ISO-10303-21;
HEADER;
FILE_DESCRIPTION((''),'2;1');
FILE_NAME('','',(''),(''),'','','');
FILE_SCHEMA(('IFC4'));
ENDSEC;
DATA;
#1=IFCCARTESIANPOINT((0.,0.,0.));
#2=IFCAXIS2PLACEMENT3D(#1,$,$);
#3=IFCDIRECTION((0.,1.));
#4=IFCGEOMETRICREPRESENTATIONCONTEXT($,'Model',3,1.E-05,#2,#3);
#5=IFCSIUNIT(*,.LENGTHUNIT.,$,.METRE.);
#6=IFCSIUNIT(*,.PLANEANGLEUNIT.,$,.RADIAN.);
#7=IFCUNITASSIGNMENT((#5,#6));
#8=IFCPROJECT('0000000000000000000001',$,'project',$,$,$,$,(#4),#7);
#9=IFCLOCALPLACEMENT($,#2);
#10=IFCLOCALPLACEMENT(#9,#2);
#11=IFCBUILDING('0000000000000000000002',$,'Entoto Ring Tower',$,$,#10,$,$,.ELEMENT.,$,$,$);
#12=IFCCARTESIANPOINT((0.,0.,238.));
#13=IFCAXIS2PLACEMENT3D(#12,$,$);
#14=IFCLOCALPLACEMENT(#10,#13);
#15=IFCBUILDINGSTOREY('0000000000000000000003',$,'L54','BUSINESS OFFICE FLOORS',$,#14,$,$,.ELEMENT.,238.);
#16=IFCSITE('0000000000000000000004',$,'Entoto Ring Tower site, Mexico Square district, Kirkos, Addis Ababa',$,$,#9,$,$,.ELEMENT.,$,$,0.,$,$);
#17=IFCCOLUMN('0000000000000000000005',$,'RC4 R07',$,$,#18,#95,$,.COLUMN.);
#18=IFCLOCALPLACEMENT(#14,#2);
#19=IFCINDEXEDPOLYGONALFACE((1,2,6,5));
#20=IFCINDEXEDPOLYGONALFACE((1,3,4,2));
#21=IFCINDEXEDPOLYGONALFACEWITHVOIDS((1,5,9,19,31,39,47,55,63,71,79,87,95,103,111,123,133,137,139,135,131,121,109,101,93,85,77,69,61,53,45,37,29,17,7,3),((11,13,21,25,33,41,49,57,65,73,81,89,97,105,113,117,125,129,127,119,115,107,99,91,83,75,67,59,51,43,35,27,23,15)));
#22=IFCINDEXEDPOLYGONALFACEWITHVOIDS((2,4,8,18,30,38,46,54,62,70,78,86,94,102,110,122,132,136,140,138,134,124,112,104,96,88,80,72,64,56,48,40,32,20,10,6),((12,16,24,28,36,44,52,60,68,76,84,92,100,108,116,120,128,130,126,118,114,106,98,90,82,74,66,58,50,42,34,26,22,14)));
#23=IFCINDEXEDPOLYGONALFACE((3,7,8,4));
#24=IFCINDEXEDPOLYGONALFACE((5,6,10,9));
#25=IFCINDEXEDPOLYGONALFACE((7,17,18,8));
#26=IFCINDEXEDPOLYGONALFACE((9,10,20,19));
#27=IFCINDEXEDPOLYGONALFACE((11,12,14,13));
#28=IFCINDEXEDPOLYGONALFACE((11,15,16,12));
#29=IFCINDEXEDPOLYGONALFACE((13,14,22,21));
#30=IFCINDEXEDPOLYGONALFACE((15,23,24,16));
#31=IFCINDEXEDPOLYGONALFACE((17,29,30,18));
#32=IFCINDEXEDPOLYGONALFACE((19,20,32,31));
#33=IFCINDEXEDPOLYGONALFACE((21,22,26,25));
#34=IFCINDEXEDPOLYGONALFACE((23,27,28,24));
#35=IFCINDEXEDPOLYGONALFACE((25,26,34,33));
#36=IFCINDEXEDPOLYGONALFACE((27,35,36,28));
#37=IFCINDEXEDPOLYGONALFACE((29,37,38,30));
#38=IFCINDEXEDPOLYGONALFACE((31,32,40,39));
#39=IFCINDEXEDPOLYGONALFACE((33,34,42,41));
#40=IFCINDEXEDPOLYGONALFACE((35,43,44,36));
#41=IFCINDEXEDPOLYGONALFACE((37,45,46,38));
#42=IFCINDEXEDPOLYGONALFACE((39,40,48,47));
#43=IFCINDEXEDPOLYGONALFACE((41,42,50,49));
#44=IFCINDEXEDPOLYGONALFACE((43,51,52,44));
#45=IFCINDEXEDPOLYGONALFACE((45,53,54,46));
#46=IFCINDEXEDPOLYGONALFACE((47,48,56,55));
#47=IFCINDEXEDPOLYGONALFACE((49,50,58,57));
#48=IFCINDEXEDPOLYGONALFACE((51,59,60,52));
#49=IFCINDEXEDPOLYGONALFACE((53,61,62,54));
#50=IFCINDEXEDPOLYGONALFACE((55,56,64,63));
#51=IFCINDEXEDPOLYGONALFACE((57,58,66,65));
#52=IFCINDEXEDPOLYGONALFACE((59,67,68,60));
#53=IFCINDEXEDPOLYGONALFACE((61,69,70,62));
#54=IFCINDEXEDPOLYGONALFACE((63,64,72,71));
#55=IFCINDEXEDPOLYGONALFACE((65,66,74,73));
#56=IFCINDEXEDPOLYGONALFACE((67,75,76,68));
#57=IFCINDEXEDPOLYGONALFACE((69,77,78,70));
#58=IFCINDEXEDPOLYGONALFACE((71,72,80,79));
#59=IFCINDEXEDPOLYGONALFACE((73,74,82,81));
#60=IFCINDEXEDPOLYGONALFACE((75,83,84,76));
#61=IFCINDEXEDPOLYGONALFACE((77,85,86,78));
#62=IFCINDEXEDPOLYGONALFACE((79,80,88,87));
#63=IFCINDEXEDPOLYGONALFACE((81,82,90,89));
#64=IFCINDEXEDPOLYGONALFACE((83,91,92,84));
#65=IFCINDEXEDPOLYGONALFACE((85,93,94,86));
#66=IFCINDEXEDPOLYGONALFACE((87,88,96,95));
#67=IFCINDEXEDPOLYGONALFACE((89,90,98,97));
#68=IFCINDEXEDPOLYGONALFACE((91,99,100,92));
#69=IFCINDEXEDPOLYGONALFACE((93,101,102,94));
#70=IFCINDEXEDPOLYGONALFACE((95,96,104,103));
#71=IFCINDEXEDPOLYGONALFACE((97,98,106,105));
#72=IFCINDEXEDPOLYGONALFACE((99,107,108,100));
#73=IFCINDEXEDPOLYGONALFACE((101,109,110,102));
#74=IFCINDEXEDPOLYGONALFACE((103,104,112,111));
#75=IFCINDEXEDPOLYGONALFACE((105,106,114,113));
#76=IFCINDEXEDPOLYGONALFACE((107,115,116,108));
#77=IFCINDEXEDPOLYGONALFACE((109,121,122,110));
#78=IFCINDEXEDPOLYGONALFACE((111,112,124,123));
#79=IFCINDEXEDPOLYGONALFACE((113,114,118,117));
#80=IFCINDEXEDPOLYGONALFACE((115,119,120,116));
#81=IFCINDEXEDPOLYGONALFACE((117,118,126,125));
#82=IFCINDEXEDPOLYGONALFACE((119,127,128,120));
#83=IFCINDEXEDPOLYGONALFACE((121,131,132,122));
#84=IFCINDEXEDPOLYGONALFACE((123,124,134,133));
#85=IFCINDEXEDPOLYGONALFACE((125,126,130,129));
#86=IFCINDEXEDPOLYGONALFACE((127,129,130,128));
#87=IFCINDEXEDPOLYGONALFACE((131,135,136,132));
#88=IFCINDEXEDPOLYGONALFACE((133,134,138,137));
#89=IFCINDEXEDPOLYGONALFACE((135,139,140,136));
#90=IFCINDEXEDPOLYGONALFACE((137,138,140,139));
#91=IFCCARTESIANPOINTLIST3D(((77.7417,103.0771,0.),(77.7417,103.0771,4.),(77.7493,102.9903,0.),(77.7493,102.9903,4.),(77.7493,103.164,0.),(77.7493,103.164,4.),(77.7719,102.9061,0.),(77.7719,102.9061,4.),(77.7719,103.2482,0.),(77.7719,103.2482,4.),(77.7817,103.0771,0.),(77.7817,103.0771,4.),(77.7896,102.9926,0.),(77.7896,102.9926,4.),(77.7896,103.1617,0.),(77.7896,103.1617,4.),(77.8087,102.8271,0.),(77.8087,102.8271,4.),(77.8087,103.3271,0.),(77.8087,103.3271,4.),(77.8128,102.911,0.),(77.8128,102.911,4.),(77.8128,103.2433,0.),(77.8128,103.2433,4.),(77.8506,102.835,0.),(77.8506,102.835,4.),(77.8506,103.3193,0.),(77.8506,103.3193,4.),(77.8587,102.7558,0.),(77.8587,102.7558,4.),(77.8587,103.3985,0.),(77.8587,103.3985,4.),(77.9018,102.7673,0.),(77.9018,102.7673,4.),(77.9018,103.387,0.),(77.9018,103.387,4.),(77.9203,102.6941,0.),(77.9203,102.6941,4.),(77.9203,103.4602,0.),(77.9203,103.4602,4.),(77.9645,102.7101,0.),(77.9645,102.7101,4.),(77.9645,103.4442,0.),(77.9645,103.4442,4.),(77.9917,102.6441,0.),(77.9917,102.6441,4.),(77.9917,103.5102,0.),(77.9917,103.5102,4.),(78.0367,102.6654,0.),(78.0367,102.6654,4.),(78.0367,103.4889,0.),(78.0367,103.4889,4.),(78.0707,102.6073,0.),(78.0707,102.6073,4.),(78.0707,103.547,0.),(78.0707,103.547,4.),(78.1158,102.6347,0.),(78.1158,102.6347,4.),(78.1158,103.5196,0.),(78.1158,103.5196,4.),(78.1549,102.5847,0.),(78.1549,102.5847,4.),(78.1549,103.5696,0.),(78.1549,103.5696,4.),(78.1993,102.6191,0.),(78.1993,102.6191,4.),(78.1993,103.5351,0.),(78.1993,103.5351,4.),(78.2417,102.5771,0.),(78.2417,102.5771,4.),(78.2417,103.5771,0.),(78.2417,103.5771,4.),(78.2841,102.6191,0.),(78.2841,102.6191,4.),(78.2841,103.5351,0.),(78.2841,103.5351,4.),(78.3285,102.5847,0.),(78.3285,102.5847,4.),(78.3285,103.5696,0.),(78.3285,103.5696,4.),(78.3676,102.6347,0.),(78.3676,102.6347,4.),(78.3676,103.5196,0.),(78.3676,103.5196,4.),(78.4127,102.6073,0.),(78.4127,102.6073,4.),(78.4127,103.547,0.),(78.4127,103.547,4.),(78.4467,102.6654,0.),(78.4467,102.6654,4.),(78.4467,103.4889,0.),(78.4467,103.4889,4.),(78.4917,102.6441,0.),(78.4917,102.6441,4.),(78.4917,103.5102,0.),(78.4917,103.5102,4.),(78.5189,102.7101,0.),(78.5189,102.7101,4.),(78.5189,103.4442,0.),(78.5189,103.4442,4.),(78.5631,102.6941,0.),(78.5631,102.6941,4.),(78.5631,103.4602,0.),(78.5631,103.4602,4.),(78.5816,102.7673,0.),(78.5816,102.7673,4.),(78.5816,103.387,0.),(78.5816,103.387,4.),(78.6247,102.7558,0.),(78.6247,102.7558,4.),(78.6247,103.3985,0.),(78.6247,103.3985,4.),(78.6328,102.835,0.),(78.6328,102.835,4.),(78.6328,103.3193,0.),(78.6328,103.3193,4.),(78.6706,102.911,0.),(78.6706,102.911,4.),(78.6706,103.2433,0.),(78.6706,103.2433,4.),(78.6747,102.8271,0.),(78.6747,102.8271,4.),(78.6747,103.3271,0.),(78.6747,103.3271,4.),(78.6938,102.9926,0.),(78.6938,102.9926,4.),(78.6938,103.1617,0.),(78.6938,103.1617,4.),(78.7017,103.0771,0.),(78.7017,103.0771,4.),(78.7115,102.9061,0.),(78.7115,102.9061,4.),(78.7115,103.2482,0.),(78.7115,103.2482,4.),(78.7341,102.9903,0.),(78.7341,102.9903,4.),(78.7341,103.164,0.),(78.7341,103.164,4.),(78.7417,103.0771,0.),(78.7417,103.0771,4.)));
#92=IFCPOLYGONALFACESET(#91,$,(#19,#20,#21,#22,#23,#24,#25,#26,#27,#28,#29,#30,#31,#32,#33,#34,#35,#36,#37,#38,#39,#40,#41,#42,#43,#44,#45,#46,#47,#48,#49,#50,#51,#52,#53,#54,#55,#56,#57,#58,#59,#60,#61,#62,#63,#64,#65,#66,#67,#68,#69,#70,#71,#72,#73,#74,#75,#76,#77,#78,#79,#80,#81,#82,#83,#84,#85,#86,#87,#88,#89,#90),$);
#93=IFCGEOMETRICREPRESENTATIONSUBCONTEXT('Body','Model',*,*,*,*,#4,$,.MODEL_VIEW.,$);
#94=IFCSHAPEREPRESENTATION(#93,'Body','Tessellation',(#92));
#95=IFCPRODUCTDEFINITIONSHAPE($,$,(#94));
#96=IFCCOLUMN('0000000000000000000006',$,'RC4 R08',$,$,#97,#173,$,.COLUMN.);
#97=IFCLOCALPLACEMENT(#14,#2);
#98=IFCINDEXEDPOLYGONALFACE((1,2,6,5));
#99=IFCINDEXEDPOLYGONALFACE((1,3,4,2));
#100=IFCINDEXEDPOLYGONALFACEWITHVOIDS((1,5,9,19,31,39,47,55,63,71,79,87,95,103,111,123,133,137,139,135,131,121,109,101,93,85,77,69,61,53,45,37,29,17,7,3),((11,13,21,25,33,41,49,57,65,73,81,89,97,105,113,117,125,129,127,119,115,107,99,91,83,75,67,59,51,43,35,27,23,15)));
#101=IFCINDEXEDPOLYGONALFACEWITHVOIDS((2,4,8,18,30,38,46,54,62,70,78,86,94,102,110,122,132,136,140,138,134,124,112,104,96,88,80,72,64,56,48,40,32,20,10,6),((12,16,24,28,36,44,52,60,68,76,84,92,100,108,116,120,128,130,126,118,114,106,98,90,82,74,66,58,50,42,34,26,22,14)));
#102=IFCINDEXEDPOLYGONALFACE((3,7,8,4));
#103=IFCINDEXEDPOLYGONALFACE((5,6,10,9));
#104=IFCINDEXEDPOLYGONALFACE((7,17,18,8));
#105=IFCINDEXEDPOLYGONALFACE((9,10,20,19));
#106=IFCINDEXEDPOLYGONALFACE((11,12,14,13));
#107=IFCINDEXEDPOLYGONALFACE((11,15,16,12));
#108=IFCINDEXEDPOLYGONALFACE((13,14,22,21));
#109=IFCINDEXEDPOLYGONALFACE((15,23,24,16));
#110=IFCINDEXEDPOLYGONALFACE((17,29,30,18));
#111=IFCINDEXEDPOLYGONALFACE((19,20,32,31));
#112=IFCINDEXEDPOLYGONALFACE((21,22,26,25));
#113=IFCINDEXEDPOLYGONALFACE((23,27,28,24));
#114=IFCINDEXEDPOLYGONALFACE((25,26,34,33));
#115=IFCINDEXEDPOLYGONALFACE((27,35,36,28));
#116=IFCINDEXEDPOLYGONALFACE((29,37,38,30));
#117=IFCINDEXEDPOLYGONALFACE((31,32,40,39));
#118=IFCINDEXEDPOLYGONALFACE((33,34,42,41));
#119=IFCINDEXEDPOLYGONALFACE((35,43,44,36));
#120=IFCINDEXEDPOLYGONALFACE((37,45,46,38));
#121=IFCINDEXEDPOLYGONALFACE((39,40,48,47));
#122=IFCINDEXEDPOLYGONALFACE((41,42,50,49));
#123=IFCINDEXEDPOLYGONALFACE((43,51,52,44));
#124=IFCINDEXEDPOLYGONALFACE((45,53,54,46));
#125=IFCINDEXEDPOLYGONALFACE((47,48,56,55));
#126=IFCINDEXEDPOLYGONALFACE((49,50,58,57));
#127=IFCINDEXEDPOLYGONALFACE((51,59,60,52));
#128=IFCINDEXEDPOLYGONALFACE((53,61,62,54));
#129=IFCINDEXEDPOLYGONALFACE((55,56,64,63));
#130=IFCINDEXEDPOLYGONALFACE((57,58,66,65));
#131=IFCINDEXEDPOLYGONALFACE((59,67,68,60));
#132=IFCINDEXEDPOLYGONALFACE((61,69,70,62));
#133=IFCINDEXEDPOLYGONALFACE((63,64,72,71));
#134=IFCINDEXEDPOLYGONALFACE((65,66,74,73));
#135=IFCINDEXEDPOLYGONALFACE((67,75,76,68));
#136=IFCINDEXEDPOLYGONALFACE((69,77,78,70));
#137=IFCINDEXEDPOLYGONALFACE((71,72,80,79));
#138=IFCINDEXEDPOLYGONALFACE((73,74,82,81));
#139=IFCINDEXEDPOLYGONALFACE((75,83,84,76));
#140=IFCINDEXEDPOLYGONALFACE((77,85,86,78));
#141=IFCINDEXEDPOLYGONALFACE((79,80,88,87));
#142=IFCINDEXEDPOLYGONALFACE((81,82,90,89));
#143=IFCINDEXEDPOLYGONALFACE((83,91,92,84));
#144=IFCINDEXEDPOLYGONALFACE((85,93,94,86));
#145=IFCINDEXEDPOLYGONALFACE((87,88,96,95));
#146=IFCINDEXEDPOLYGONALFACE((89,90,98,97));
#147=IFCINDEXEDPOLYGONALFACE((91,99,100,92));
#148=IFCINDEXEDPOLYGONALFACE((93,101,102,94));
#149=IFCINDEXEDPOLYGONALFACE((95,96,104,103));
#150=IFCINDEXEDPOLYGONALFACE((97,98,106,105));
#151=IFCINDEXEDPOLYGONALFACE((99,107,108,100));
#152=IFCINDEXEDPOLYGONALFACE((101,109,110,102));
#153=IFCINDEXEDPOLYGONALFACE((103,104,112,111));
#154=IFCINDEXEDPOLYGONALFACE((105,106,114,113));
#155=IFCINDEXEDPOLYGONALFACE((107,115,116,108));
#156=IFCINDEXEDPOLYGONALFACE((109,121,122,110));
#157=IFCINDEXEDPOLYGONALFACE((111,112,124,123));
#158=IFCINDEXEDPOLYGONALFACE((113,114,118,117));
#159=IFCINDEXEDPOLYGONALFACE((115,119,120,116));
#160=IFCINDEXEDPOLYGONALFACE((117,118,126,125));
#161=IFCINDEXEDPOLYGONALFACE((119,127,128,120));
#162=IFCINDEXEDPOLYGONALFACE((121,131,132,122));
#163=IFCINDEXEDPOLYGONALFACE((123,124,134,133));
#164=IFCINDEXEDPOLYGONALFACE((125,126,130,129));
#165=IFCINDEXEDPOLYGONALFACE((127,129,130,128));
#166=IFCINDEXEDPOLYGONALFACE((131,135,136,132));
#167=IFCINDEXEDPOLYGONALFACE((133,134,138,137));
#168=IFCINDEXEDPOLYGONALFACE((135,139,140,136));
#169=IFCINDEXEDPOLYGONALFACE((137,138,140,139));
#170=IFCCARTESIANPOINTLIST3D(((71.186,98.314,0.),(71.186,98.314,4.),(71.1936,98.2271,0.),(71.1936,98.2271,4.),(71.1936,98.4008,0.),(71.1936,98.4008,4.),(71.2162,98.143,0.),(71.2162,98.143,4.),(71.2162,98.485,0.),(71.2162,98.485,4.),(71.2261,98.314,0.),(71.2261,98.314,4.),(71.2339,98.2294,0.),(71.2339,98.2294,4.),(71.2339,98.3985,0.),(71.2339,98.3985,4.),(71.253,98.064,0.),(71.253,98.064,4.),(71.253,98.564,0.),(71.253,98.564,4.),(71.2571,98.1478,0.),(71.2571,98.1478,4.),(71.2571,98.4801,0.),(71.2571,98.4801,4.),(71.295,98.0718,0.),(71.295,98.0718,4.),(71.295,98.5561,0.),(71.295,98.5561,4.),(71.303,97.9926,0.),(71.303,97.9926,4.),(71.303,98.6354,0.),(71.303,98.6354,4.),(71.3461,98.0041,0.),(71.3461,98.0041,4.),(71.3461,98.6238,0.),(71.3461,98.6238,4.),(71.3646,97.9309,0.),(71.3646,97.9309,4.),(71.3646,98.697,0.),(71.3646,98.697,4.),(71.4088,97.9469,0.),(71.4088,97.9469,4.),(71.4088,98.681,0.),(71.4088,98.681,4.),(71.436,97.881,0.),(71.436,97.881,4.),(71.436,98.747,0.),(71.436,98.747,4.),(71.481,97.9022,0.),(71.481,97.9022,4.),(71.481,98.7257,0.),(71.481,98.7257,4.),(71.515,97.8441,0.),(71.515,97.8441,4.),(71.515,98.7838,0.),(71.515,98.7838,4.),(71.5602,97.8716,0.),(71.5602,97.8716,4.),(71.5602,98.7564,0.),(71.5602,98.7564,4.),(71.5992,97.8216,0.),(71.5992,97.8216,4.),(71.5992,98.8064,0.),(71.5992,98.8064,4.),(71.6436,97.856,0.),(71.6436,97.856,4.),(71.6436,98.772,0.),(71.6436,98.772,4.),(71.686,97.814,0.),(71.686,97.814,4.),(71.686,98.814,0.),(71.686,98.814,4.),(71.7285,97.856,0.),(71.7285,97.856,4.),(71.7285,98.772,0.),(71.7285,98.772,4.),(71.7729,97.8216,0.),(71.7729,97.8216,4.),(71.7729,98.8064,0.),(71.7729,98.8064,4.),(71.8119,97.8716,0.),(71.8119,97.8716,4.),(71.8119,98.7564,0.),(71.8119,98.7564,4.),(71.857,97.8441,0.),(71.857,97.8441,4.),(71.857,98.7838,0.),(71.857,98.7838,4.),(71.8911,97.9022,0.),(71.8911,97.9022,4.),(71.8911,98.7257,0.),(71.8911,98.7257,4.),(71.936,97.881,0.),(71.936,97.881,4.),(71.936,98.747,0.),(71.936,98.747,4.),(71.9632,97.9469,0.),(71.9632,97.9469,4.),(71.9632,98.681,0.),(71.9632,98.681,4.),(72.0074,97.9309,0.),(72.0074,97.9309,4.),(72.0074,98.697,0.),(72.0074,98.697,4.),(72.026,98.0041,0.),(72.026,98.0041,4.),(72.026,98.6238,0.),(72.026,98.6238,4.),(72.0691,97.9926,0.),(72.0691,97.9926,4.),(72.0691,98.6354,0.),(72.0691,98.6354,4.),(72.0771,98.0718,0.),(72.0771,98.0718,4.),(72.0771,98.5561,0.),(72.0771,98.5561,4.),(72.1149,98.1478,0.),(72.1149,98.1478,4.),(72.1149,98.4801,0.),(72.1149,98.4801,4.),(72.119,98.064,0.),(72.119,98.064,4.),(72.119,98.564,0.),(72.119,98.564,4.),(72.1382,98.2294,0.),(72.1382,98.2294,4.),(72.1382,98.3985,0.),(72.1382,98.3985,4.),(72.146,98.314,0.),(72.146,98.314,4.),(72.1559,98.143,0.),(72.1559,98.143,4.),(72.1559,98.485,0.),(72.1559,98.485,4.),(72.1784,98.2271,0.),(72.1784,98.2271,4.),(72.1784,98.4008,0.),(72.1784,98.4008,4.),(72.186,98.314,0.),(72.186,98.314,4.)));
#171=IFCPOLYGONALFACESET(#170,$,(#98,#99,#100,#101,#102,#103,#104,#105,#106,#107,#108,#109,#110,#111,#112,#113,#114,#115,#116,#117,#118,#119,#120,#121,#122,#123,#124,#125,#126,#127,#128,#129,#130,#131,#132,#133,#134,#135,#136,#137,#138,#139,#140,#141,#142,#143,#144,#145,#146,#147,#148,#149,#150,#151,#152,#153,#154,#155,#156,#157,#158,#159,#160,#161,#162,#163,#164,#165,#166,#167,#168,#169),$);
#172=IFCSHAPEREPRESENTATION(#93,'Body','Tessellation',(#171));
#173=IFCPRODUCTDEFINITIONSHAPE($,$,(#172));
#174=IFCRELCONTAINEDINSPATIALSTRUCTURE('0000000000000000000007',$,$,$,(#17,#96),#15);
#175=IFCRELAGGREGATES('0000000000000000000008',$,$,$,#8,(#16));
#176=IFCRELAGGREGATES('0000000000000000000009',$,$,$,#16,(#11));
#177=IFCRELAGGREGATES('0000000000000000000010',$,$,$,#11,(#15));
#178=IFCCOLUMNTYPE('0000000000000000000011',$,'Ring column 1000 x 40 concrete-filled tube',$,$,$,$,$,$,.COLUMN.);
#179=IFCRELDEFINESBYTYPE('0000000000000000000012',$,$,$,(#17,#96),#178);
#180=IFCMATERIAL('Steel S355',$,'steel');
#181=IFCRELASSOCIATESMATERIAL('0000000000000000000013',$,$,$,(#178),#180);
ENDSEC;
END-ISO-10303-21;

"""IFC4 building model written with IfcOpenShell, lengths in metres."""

from ifc_helpers import new_model, si_unit, direction, frame, origin, origin_2d, place, context, subcontext, project, spatial, circle, hollow_circle, extrude, material, material_profile, profile_set, type_object, element, save


model = new_model("IFC4")

# Units and contexts
model_context = context("Model", 3, precision=1e-05, world=origin(), true_north=direction((0.0, 1.0)))
body_context = subcontext(model_context, "Body", "Model", "MODEL_VIEW")
ifc_project = project(units=[si_unit("LENGTHUNIT", "METRE"), si_unit("PLANEANGLEUNIT", "RADIAN")], contexts=[model_context])

# Site, building, storey
site_placement = place(None, origin())
site = spatial("IfcSite", under=ifc_project, at=site_placement, Name="Entoto Ring Tower site, Mexico Square district, Kirkos, Addis Ababa", CompositionType="ELEMENT", RefElevation=0.0)
building_placement = place(site_placement, origin())
building = spatial("IfcBuilding", under=site, at=building_placement, Name="Entoto Ring Tower", CompositionType="ELEMENT")
storey_placement = place(building_placement, frame((0.0, 0.0, 238.0)))
storey = spatial("IfcBuildingStorey", under=building, at=storey_placement, Name="L54", Description="BUSINESS OFFICE FLOORS", CompositionType="ELEMENT", Elevation=238.0)

# Columns
ifc_material_1 = material(Name="Steel S355", Category="steel")
ifc_material_profile_1 = material_profile(ifc_material_1, hollow_circle(Radius=0.5, WallThickness=0.04, at=origin_2d()), Name="CHS 1000 x 40")
ifc_material_2 = material(Name="Concrete C60/75", Category="concrete")
ifc_material_profile_2 = material_profile(ifc_material_2, circle(Radius=0.46, at=origin_2d()), Name="Concrete C60/75 infill")
ifc_profile_set_1 = profile_set([ifc_material_profile_1, ifc_material_profile_2], Name="Steel S355")
column_type = type_object("IfcColumnType", Name="Ring column 1000 x 40 concrete-filled tube", PredefinedType="COLUMN", material=ifc_profile_set_1)
for number, where, z_axis, x_axis, name in (
    (1, (78.2417, 103.0771, 0.0), (0.0, 0.0, 1.0), (1.0, 0.0, 0.0), "RC4 R07"),
    (2, (71.686, 98.314, 0.0), (0.0, 0.0, 1.0), (1.0, 0.0, 0.0), "RC4 R08"),
):
    element("IfcColumn", number, at=place(storey_placement, frame(where, z_axis=z_axis, x_axis=x_axis)), inside=storey, type_object=column_type, Name=name, PredefinedType="COLUMN", context=body_context, shape_type="SweptSolid", body=[
        extrude(hollow_circle(Radius=0.5, WallThickness=0.04, at=origin_2d()), origin(), (0.0, 0.0, 1.0), 4.0),
    ])

save(model, "model.ifc")
